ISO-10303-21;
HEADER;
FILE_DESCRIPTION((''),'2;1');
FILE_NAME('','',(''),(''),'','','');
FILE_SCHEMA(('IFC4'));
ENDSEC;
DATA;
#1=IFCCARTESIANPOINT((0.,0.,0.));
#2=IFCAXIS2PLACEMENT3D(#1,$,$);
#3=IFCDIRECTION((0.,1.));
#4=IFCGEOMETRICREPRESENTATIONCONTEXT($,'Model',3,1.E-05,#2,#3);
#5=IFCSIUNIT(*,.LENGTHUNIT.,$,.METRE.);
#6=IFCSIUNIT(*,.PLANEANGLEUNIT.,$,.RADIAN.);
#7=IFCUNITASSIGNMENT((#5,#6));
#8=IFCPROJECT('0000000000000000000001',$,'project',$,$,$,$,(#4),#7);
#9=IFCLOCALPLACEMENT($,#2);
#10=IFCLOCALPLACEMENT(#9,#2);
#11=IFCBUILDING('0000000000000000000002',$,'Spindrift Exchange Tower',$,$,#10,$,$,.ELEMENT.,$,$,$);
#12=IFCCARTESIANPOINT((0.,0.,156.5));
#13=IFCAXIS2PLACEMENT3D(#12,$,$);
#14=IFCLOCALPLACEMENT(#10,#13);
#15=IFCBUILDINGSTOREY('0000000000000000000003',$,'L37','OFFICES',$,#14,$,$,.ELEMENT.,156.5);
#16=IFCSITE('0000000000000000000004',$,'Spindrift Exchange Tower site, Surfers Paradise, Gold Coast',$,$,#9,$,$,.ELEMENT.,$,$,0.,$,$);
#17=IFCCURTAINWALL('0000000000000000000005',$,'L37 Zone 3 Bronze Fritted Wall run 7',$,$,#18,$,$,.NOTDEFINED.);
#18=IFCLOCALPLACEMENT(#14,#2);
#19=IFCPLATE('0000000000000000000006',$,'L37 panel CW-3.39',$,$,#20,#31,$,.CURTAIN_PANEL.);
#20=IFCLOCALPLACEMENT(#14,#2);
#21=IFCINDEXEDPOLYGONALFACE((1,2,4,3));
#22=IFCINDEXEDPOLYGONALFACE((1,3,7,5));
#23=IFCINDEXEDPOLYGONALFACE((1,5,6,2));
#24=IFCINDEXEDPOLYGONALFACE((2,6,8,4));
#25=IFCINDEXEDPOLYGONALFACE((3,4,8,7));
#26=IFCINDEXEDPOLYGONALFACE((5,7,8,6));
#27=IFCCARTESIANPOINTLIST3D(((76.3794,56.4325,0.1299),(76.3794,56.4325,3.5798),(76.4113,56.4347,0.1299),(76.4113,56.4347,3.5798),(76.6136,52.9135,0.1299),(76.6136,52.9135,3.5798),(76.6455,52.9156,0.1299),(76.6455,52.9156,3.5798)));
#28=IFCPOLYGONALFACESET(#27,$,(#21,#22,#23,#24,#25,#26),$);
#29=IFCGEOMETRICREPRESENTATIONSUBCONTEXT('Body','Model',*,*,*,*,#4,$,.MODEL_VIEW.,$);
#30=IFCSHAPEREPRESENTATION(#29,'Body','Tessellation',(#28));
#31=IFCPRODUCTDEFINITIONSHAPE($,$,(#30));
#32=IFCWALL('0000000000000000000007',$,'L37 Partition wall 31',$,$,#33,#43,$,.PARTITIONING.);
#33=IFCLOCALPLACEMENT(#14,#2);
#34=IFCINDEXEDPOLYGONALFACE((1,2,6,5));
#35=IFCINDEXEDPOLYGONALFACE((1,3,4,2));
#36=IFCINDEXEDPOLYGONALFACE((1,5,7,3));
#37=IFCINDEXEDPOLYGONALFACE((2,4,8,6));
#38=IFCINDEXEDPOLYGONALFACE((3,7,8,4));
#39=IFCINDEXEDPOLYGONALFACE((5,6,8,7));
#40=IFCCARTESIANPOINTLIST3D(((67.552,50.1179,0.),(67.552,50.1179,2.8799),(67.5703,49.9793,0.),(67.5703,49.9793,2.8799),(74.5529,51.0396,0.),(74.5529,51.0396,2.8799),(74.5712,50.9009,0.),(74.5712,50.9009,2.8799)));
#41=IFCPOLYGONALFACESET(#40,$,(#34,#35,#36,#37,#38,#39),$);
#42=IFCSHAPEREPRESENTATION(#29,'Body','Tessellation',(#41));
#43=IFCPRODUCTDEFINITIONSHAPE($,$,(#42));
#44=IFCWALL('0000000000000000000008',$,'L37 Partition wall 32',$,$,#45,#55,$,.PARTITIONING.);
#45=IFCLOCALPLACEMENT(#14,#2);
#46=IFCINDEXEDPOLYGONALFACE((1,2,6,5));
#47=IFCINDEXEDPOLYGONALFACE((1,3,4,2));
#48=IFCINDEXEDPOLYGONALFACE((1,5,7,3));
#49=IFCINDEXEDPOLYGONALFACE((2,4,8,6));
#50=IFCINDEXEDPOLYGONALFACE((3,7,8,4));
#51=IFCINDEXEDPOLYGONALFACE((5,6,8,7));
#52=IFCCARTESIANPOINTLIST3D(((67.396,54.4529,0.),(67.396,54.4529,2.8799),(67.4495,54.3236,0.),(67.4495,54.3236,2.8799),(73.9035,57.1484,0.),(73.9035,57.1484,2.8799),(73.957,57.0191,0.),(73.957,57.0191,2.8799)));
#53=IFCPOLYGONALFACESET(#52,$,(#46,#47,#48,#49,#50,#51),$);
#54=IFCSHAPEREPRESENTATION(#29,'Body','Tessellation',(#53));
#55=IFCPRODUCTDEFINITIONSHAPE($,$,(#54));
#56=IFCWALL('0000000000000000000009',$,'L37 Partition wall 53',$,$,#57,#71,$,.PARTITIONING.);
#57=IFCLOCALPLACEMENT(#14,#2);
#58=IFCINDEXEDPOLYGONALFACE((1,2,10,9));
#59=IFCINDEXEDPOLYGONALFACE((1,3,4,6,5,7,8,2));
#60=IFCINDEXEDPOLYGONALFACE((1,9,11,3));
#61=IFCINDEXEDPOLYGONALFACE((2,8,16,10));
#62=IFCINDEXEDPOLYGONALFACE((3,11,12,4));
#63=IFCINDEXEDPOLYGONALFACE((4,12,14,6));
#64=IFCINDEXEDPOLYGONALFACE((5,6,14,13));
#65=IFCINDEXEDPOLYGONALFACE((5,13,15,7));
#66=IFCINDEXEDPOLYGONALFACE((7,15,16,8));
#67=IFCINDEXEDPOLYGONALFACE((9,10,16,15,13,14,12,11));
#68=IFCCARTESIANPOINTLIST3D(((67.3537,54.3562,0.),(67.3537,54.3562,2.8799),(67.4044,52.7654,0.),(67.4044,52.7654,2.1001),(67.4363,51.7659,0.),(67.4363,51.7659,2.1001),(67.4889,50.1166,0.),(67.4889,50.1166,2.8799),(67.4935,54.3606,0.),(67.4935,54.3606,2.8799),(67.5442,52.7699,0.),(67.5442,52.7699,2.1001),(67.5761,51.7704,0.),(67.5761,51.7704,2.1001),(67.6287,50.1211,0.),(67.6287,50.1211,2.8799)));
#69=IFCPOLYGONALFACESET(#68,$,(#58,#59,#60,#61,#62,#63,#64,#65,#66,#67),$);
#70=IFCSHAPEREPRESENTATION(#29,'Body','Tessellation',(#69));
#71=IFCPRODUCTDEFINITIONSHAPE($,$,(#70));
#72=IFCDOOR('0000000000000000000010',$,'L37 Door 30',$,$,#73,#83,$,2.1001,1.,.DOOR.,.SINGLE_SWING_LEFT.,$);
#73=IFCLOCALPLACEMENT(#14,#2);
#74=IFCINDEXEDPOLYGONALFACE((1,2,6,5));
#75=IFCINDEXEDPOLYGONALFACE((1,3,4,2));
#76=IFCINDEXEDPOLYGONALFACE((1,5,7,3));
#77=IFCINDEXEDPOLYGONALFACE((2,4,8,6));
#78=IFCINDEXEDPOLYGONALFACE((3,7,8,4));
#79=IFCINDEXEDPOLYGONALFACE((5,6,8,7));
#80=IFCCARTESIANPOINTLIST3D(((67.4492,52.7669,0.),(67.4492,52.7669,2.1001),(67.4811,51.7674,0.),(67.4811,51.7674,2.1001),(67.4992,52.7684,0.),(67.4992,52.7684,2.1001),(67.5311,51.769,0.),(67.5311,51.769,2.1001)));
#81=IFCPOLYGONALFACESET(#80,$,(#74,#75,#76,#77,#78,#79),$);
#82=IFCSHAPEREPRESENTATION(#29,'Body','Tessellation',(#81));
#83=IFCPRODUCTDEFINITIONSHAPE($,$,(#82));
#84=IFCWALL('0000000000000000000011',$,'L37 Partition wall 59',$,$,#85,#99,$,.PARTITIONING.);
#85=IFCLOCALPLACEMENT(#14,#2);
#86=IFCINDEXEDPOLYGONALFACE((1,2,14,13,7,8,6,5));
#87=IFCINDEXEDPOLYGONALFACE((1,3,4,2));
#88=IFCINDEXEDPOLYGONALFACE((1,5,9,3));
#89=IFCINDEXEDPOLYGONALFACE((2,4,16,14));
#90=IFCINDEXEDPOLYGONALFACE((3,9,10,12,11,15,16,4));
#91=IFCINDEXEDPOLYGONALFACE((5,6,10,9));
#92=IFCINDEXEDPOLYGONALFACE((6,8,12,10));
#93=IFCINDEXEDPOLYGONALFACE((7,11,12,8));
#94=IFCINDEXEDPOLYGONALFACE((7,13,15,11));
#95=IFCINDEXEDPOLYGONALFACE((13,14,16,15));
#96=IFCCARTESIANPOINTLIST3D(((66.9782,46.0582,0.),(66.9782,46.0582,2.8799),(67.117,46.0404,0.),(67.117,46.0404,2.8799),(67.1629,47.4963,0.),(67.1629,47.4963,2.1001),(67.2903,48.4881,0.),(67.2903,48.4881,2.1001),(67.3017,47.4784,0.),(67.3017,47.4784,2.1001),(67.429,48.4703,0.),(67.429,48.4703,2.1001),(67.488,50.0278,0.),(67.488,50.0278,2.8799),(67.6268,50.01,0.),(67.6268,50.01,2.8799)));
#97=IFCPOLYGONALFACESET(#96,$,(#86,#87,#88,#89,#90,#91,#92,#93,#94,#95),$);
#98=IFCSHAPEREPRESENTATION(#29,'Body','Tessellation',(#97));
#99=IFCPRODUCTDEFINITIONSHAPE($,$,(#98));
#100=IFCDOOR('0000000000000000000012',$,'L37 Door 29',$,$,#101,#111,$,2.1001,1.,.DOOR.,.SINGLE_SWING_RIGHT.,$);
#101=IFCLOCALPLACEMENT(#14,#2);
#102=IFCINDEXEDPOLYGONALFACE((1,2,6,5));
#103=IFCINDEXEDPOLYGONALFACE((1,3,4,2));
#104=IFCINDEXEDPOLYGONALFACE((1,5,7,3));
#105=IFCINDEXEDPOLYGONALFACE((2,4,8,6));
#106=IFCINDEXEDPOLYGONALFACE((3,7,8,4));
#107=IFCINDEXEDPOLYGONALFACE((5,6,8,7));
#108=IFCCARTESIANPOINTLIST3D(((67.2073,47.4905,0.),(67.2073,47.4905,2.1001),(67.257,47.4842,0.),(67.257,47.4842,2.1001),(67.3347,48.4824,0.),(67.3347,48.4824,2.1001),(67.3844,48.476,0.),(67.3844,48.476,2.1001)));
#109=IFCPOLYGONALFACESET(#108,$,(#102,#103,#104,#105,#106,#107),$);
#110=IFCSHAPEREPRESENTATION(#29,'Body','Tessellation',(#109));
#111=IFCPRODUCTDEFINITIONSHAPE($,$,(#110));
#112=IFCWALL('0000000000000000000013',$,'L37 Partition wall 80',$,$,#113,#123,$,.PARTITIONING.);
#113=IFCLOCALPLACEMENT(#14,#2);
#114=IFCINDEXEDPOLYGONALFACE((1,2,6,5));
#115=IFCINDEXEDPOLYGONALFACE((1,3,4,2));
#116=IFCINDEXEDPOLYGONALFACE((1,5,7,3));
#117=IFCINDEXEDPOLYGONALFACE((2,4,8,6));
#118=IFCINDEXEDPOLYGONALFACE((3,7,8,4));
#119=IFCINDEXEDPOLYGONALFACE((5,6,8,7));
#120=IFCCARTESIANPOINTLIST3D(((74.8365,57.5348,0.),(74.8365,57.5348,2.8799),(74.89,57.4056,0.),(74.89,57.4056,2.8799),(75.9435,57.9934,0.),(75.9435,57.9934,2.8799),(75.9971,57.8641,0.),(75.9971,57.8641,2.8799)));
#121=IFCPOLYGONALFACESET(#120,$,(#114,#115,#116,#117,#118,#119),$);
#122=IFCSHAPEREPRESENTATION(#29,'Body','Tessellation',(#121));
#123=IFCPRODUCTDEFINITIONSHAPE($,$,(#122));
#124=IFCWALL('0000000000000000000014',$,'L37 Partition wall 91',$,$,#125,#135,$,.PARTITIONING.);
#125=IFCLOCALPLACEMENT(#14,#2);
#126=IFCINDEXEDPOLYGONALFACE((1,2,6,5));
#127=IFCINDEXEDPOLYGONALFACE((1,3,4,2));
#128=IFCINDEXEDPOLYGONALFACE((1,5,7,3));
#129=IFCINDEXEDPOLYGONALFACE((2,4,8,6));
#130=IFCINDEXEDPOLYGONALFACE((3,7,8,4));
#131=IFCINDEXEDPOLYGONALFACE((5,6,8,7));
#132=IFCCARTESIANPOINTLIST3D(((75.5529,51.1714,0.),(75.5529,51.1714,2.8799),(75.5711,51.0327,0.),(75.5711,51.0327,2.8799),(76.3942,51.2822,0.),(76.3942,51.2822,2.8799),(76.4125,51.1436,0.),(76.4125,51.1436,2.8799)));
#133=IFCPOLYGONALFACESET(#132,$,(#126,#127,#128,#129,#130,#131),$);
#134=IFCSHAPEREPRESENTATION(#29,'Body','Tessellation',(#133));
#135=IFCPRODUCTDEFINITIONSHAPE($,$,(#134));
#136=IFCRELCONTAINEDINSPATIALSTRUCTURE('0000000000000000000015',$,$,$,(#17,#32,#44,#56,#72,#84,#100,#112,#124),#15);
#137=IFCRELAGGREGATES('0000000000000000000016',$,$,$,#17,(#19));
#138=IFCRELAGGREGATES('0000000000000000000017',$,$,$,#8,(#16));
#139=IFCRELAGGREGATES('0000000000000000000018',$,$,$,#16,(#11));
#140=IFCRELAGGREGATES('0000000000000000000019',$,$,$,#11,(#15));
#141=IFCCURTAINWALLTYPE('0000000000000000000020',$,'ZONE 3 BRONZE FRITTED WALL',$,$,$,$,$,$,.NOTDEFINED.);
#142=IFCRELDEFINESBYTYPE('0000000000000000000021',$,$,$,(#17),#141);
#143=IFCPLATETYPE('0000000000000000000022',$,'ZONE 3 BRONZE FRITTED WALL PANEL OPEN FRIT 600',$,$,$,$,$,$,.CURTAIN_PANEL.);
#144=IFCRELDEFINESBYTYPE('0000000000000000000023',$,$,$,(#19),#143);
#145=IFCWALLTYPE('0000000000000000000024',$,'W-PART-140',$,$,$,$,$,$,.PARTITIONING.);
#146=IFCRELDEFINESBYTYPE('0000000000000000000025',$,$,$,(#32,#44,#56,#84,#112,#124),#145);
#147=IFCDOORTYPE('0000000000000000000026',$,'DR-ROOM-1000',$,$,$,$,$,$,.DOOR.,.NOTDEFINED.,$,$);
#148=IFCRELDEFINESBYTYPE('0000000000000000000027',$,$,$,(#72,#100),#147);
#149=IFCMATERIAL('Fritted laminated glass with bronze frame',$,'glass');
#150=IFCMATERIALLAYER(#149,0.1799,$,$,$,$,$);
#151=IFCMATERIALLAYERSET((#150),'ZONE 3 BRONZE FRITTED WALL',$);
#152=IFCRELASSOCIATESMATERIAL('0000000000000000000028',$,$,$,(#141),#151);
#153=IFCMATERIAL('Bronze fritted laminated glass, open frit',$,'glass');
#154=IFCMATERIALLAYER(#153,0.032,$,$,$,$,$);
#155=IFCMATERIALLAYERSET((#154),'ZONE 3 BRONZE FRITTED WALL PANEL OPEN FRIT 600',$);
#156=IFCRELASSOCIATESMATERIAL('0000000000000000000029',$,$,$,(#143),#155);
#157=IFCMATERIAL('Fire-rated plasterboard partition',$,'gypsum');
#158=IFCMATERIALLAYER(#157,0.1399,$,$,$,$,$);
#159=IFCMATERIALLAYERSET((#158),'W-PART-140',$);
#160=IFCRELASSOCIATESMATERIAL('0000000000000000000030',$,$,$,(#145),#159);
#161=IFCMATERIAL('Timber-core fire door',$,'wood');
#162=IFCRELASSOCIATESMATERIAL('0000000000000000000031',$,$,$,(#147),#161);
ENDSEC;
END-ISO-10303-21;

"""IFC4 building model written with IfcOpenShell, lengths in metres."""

from ifc_helpers import new_model, si_unit, direction, frame, frame_2d, origin, origin_2d, place, context, subcontext, project, spatial, rectangle, extrude, source, transform, mapped, material, layer, layer_set, type_object, element, fill, aggregate, save


model = new_model("IFC4")

# Units and contexts
model_context = context("Model", 3, precision=1e-05, world=origin(), true_north=direction((0.0, 1.0)))
body_context = subcontext(model_context, "Body", "Model", "MODEL_VIEW")
ifc_project = project(units=[si_unit("LENGTHUNIT", "METRE"), si_unit("PLANEANGLEUNIT", "RADIAN")], contexts=[model_context])

# Site, building, storey
site_placement = place(None, origin())
site = spatial("IfcSite", under=ifc_project, at=site_placement, Name="Spindrift Exchange Tower site, Surfers Paradise, Gold Coast", CompositionType="ELEMENT", RefElevation=0.0)
building_placement = place(site_placement, origin())
building = spatial("IfcBuilding", under=site, at=building_placement, Name="Spindrift Exchange Tower", CompositionType="ELEMENT")
storey_placement = place(building_placement, frame((0.0, 0.0, 156.5)))
storey = spatial("IfcBuildingStorey", under=building, at=storey_placement, Name="L37", Description="OFFICES", CompositionType="ELEMENT", Elevation=156.5)

# Curtain wall, plate
ifc_material_1 = material(Name="Fritted laminated glass with bronze frame", Category="glass")
ifc_layer_1 = layer(ifc_material_1, 0.1799)
ifc_layer_set_1 = layer_set([ifc_layer_1], Name="ZONE 3 BRONZE FRITTED WALL")
curtain_wall_type = type_object("IfcCurtainWallType", Name="ZONE 3 BRONZE FRITTED WALL", PredefinedType="NOTDEFINED", material=ifc_layer_set_1)
curtain_wall_placement = place(storey_placement, origin())
curtain_wall = element("IfcCurtainWall", 1, at=curtain_wall_placement, inside=storey, type_object=curtain_wall_type, Name="L37 Zone 3 Bronze Fritted Wall run 7", PredefinedType="NOTDEFINED")
ifc_material_2 = material(Name="Bronze fritted laminated glass, open frit", Category="glass")
ifc_layer_2 = layer(ifc_material_2, 0.032)
ifc_layer_set_2 = layer_set([ifc_layer_2], Name="ZONE 3 BRONZE FRITTED WALL PANEL OPEN FRIT 600")
plate_type_1 = type_object("IfcPlateType", Name="ZONE 3 BRONZE FRITTED WALL PANEL OPEN FRIT 600", PredefinedType="CURTAIN_PANEL", material=ifc_layer_set_2)
shared_shape_1 = source(origin(), body_context, "Body", "SweptSolid", [
    extrude(rectangle(XDim=3.5269, YDim=0.032, at=origin_2d()), origin(), (0.0, 0.0, 1.0), 3.45),
])
plate_1_placement = place(storey_placement, frame((76.5125, 54.6741, 0.1299), z_axis=(0.0, 0.0, 1.0), x_axis=(-0.066391, 0.997794, 0.0)))
plate_1 = element("IfcPlate", 2, at=plate_1_placement, type_object=plate_type_1, Name="L37 panel CW-3.39", PredefinedType="CURTAIN_PANEL", context=body_context, shape_type="MappedRepresentation", body=[
    mapped(shared_shape_1, transform((0.0, 0.0, 0.0), scale=1.0)),
])
aggregate(curtain_wall, [plate_1])

# Walls
ifc_material_3 = material(Name="Fire-rated plasterboard partition", Category="gypsum")
ifc_layer_3 = layer(ifc_material_3, 0.1399)
ifc_layer_set_3 = layer_set([ifc_layer_3], Name="W-PART-140")
wall_type = type_object("IfcWallType", Name="W-PART-140", PredefinedType="PARTITIONING", material=ifc_layer_set_3)
wall_1_placement = place(storey_placement, frame((67.561, 50.0486, 0.0), z_axis=(0.0, 0.0, 1.0), x_axis=(0.991446, 0.130517, 0.0)))
element("IfcWall", 3, at=wall_1_placement, inside=storey, type_object=wall_type, Name="L37 Partition wall 31", PredefinedType="PARTITIONING", context=body_context, shape_type="SweptSolid", body=[
    extrude(rectangle(XDim=7.0613, YDim=0.1399, at=frame_2d((3.5308, 0.0))), origin(), (0.0, 0.0, 1.0), 2.8799),
])
wall_2_placement = place(storey_placement, frame((67.4226, 54.3882, 0.0), z_axis=(0.0, 0.0, 1.0), x_axis=(0.923878, 0.382688, 0.0)))
element("IfcWall", 4, at=wall_2_placement, inside=storey, type_object=wall_type, Name="L37 Partition wall 32", PredefinedType="PARTITIONING", context=body_context, shape_type="SweptSolid", body=[
    extrude(rectangle(XDim=7.0437, YDim=0.1399, at=frame_2d((3.522, 0.0))), origin(), (0.0, 0.0, 1.0), 2.8799),
])

# Walls, openings, doors
wall_3_placement = place(storey_placement, frame((67.4236, 54.3584, 0.0), z_axis=(0.0, 0.0, 1.0), x_axis=(0.031887, -0.999491, 0.0)))
wall_3 = element("IfcWall", 5, at=wall_3_placement, inside=storey, type_object=wall_type, Name="L37 Partition wall 53", PredefinedType="PARTITIONING", context=body_context, shape_type="SweptSolid", body=[
    extrude(rectangle(XDim=4.2417, YDim=0.1399, at=frame_2d((2.1208, 0.0))), origin(), (0.0, 0.0, 1.0), 2.8799),
])
opening_1_placement = place(wall_3_placement, frame((1.5916, 0.0, 0.0)))
opening_1 = element("IfcOpeningElement", 6, at=opening_1_placement, cuts=wall_3, PredefinedType="OPENING", context=body_context, shape_type="SweptSolid", body=[
    extrude(rectangle(XDim=1.0, YDim=2.1001, at=frame_2d((0.5, 1.05))), frame((0.0, 0.0798, 0.0), z_axis=(0.0, -1.0, 0.0), x_axis=(1.0, 0.0, 0.0)), (0.0, 0.0, 1.0), 0.1599),
])
ifc_material_4 = material(Name="Timber-core fire door", Category="wood")
door_type = type_object("IfcDoorType", Name="DR-ROOM-1000", OperationType="NOTDEFINED", PredefinedType="DOOR", material=ifc_material_4)
shared_shape_2 = source(origin(), body_context, "Body", "SweptSolid", [
    extrude(rectangle(XDim=1.0, YDim=2.1001, at=frame_2d((0.5, 1.05))), frame((0.0, 0.0249, 0.0), z_axis=(0.0, -1.0, 0.0), x_axis=(1.0, 0.0, 0.0)), (0.0, 0.0, 1.0), 0.05),
])
door_1_placement = place(opening_1_placement, origin())
door_1 = element("IfcDoor", 7, at=door_1_placement, inside=storey, type_object=door_type, Name="L37 Door 30", OperationType="SINGLE_SWING_LEFT", OverallHeight=2.1001, OverallWidth=1.0, PredefinedType="DOOR", context=body_context, shape_type="MappedRepresentation", body=[
    mapped(shared_shape_2, transform((0.0, 0.0, 0.0), scale=1.0)),
])
fill(opening_1, door_1)
wall_4_placement = place(storey_placement, frame((67.5574, 50.0188, 0.0), z_axis=(0.0, 0.0, 1.0), x_axis=(-0.127375, -0.991855, 0.0)))
wall_4 = element("IfcWall", 8, at=wall_4_placement, inside=storey, type_object=wall_type, Name="L37 Partition wall 59", PredefinedType="PARTITIONING", context=body_context, shape_type="SweptSolid", body=[
    extrude(rectangle(XDim=4.0022, YDim=0.1399, at=frame_2d((2.001, 0.0))), origin(), (0.0, 0.0, 1.0), 2.8799),
])
opening_2_placement = place(wall_4_placement, frame((1.5522, 0.0, 0.0)))
opening_2 = element("IfcOpeningElement", 9, at=opening_2_placement, cuts=wall_4, PredefinedType="OPENING", context=body_context, shape_type="SweptSolid", body=[
    extrude(rectangle(XDim=1.0, YDim=2.1001, at=frame_2d((0.5, 1.05))), frame((0.0, 0.0798, 0.0), z_axis=(0.0, -1.0, 0.0), x_axis=(1.0, 0.0, 0.0)), (0.0, 0.0, 1.0), 0.1599),
])
door_2_placement = place(opening_2_placement, origin())
door_2 = element("IfcDoor", 10, at=door_2_placement, inside=storey, type_object=door_type, Name="L37 Door 29", OperationType="SINGLE_SWING_RIGHT", OverallHeight=2.1001, OverallWidth=1.0, PredefinedType="DOOR", context=body_context, shape_type="MappedRepresentation", body=[
    mapped(shared_shape_2, transform((0.0, 0.0, 0.0), scale=1.0)),
])
fill(opening_2, door_2)

# Walls
wall_5_placement = place(storey_placement, frame((74.8633, 57.4702, 0.0), z_axis=(0.0, 0.0, 1.0), x_axis=(0.923883, 0.382676, 0.0)))
element("IfcWall", 11, at=wall_5_placement, inside=storey, type_object=wall_type, Name="L37 Partition wall 80", PredefinedType="PARTITIONING", context=body_context, shape_type="SweptSolid", body=[
    extrude(rectangle(XDim=1.1982, YDim=0.1399, at=frame_2d((0.5991, 0.0))), origin(), (0.0, 0.0, 1.0), 2.8799),
])
wall_6_placement = place(storey_placement, frame((75.562, 51.1021, 0.0), z_axis=(0.0, 0.0, 1.0), x_axis=(0.991433, 0.130618, 0.0)))
element("IfcWall", 12, at=wall_6_placement, inside=storey, type_object=wall_type, Name="L37 Partition wall 91", PredefinedType="PARTITIONING", context=body_context, shape_type="SweptSolid", body=[
    extrude(rectangle(XDim=0.8486, YDim=0.1399, at=frame_2d((0.4243, 0.0))), origin(), (0.0, 0.0, 1.0), 2.8799),
])

save(model, "model.ifc")
